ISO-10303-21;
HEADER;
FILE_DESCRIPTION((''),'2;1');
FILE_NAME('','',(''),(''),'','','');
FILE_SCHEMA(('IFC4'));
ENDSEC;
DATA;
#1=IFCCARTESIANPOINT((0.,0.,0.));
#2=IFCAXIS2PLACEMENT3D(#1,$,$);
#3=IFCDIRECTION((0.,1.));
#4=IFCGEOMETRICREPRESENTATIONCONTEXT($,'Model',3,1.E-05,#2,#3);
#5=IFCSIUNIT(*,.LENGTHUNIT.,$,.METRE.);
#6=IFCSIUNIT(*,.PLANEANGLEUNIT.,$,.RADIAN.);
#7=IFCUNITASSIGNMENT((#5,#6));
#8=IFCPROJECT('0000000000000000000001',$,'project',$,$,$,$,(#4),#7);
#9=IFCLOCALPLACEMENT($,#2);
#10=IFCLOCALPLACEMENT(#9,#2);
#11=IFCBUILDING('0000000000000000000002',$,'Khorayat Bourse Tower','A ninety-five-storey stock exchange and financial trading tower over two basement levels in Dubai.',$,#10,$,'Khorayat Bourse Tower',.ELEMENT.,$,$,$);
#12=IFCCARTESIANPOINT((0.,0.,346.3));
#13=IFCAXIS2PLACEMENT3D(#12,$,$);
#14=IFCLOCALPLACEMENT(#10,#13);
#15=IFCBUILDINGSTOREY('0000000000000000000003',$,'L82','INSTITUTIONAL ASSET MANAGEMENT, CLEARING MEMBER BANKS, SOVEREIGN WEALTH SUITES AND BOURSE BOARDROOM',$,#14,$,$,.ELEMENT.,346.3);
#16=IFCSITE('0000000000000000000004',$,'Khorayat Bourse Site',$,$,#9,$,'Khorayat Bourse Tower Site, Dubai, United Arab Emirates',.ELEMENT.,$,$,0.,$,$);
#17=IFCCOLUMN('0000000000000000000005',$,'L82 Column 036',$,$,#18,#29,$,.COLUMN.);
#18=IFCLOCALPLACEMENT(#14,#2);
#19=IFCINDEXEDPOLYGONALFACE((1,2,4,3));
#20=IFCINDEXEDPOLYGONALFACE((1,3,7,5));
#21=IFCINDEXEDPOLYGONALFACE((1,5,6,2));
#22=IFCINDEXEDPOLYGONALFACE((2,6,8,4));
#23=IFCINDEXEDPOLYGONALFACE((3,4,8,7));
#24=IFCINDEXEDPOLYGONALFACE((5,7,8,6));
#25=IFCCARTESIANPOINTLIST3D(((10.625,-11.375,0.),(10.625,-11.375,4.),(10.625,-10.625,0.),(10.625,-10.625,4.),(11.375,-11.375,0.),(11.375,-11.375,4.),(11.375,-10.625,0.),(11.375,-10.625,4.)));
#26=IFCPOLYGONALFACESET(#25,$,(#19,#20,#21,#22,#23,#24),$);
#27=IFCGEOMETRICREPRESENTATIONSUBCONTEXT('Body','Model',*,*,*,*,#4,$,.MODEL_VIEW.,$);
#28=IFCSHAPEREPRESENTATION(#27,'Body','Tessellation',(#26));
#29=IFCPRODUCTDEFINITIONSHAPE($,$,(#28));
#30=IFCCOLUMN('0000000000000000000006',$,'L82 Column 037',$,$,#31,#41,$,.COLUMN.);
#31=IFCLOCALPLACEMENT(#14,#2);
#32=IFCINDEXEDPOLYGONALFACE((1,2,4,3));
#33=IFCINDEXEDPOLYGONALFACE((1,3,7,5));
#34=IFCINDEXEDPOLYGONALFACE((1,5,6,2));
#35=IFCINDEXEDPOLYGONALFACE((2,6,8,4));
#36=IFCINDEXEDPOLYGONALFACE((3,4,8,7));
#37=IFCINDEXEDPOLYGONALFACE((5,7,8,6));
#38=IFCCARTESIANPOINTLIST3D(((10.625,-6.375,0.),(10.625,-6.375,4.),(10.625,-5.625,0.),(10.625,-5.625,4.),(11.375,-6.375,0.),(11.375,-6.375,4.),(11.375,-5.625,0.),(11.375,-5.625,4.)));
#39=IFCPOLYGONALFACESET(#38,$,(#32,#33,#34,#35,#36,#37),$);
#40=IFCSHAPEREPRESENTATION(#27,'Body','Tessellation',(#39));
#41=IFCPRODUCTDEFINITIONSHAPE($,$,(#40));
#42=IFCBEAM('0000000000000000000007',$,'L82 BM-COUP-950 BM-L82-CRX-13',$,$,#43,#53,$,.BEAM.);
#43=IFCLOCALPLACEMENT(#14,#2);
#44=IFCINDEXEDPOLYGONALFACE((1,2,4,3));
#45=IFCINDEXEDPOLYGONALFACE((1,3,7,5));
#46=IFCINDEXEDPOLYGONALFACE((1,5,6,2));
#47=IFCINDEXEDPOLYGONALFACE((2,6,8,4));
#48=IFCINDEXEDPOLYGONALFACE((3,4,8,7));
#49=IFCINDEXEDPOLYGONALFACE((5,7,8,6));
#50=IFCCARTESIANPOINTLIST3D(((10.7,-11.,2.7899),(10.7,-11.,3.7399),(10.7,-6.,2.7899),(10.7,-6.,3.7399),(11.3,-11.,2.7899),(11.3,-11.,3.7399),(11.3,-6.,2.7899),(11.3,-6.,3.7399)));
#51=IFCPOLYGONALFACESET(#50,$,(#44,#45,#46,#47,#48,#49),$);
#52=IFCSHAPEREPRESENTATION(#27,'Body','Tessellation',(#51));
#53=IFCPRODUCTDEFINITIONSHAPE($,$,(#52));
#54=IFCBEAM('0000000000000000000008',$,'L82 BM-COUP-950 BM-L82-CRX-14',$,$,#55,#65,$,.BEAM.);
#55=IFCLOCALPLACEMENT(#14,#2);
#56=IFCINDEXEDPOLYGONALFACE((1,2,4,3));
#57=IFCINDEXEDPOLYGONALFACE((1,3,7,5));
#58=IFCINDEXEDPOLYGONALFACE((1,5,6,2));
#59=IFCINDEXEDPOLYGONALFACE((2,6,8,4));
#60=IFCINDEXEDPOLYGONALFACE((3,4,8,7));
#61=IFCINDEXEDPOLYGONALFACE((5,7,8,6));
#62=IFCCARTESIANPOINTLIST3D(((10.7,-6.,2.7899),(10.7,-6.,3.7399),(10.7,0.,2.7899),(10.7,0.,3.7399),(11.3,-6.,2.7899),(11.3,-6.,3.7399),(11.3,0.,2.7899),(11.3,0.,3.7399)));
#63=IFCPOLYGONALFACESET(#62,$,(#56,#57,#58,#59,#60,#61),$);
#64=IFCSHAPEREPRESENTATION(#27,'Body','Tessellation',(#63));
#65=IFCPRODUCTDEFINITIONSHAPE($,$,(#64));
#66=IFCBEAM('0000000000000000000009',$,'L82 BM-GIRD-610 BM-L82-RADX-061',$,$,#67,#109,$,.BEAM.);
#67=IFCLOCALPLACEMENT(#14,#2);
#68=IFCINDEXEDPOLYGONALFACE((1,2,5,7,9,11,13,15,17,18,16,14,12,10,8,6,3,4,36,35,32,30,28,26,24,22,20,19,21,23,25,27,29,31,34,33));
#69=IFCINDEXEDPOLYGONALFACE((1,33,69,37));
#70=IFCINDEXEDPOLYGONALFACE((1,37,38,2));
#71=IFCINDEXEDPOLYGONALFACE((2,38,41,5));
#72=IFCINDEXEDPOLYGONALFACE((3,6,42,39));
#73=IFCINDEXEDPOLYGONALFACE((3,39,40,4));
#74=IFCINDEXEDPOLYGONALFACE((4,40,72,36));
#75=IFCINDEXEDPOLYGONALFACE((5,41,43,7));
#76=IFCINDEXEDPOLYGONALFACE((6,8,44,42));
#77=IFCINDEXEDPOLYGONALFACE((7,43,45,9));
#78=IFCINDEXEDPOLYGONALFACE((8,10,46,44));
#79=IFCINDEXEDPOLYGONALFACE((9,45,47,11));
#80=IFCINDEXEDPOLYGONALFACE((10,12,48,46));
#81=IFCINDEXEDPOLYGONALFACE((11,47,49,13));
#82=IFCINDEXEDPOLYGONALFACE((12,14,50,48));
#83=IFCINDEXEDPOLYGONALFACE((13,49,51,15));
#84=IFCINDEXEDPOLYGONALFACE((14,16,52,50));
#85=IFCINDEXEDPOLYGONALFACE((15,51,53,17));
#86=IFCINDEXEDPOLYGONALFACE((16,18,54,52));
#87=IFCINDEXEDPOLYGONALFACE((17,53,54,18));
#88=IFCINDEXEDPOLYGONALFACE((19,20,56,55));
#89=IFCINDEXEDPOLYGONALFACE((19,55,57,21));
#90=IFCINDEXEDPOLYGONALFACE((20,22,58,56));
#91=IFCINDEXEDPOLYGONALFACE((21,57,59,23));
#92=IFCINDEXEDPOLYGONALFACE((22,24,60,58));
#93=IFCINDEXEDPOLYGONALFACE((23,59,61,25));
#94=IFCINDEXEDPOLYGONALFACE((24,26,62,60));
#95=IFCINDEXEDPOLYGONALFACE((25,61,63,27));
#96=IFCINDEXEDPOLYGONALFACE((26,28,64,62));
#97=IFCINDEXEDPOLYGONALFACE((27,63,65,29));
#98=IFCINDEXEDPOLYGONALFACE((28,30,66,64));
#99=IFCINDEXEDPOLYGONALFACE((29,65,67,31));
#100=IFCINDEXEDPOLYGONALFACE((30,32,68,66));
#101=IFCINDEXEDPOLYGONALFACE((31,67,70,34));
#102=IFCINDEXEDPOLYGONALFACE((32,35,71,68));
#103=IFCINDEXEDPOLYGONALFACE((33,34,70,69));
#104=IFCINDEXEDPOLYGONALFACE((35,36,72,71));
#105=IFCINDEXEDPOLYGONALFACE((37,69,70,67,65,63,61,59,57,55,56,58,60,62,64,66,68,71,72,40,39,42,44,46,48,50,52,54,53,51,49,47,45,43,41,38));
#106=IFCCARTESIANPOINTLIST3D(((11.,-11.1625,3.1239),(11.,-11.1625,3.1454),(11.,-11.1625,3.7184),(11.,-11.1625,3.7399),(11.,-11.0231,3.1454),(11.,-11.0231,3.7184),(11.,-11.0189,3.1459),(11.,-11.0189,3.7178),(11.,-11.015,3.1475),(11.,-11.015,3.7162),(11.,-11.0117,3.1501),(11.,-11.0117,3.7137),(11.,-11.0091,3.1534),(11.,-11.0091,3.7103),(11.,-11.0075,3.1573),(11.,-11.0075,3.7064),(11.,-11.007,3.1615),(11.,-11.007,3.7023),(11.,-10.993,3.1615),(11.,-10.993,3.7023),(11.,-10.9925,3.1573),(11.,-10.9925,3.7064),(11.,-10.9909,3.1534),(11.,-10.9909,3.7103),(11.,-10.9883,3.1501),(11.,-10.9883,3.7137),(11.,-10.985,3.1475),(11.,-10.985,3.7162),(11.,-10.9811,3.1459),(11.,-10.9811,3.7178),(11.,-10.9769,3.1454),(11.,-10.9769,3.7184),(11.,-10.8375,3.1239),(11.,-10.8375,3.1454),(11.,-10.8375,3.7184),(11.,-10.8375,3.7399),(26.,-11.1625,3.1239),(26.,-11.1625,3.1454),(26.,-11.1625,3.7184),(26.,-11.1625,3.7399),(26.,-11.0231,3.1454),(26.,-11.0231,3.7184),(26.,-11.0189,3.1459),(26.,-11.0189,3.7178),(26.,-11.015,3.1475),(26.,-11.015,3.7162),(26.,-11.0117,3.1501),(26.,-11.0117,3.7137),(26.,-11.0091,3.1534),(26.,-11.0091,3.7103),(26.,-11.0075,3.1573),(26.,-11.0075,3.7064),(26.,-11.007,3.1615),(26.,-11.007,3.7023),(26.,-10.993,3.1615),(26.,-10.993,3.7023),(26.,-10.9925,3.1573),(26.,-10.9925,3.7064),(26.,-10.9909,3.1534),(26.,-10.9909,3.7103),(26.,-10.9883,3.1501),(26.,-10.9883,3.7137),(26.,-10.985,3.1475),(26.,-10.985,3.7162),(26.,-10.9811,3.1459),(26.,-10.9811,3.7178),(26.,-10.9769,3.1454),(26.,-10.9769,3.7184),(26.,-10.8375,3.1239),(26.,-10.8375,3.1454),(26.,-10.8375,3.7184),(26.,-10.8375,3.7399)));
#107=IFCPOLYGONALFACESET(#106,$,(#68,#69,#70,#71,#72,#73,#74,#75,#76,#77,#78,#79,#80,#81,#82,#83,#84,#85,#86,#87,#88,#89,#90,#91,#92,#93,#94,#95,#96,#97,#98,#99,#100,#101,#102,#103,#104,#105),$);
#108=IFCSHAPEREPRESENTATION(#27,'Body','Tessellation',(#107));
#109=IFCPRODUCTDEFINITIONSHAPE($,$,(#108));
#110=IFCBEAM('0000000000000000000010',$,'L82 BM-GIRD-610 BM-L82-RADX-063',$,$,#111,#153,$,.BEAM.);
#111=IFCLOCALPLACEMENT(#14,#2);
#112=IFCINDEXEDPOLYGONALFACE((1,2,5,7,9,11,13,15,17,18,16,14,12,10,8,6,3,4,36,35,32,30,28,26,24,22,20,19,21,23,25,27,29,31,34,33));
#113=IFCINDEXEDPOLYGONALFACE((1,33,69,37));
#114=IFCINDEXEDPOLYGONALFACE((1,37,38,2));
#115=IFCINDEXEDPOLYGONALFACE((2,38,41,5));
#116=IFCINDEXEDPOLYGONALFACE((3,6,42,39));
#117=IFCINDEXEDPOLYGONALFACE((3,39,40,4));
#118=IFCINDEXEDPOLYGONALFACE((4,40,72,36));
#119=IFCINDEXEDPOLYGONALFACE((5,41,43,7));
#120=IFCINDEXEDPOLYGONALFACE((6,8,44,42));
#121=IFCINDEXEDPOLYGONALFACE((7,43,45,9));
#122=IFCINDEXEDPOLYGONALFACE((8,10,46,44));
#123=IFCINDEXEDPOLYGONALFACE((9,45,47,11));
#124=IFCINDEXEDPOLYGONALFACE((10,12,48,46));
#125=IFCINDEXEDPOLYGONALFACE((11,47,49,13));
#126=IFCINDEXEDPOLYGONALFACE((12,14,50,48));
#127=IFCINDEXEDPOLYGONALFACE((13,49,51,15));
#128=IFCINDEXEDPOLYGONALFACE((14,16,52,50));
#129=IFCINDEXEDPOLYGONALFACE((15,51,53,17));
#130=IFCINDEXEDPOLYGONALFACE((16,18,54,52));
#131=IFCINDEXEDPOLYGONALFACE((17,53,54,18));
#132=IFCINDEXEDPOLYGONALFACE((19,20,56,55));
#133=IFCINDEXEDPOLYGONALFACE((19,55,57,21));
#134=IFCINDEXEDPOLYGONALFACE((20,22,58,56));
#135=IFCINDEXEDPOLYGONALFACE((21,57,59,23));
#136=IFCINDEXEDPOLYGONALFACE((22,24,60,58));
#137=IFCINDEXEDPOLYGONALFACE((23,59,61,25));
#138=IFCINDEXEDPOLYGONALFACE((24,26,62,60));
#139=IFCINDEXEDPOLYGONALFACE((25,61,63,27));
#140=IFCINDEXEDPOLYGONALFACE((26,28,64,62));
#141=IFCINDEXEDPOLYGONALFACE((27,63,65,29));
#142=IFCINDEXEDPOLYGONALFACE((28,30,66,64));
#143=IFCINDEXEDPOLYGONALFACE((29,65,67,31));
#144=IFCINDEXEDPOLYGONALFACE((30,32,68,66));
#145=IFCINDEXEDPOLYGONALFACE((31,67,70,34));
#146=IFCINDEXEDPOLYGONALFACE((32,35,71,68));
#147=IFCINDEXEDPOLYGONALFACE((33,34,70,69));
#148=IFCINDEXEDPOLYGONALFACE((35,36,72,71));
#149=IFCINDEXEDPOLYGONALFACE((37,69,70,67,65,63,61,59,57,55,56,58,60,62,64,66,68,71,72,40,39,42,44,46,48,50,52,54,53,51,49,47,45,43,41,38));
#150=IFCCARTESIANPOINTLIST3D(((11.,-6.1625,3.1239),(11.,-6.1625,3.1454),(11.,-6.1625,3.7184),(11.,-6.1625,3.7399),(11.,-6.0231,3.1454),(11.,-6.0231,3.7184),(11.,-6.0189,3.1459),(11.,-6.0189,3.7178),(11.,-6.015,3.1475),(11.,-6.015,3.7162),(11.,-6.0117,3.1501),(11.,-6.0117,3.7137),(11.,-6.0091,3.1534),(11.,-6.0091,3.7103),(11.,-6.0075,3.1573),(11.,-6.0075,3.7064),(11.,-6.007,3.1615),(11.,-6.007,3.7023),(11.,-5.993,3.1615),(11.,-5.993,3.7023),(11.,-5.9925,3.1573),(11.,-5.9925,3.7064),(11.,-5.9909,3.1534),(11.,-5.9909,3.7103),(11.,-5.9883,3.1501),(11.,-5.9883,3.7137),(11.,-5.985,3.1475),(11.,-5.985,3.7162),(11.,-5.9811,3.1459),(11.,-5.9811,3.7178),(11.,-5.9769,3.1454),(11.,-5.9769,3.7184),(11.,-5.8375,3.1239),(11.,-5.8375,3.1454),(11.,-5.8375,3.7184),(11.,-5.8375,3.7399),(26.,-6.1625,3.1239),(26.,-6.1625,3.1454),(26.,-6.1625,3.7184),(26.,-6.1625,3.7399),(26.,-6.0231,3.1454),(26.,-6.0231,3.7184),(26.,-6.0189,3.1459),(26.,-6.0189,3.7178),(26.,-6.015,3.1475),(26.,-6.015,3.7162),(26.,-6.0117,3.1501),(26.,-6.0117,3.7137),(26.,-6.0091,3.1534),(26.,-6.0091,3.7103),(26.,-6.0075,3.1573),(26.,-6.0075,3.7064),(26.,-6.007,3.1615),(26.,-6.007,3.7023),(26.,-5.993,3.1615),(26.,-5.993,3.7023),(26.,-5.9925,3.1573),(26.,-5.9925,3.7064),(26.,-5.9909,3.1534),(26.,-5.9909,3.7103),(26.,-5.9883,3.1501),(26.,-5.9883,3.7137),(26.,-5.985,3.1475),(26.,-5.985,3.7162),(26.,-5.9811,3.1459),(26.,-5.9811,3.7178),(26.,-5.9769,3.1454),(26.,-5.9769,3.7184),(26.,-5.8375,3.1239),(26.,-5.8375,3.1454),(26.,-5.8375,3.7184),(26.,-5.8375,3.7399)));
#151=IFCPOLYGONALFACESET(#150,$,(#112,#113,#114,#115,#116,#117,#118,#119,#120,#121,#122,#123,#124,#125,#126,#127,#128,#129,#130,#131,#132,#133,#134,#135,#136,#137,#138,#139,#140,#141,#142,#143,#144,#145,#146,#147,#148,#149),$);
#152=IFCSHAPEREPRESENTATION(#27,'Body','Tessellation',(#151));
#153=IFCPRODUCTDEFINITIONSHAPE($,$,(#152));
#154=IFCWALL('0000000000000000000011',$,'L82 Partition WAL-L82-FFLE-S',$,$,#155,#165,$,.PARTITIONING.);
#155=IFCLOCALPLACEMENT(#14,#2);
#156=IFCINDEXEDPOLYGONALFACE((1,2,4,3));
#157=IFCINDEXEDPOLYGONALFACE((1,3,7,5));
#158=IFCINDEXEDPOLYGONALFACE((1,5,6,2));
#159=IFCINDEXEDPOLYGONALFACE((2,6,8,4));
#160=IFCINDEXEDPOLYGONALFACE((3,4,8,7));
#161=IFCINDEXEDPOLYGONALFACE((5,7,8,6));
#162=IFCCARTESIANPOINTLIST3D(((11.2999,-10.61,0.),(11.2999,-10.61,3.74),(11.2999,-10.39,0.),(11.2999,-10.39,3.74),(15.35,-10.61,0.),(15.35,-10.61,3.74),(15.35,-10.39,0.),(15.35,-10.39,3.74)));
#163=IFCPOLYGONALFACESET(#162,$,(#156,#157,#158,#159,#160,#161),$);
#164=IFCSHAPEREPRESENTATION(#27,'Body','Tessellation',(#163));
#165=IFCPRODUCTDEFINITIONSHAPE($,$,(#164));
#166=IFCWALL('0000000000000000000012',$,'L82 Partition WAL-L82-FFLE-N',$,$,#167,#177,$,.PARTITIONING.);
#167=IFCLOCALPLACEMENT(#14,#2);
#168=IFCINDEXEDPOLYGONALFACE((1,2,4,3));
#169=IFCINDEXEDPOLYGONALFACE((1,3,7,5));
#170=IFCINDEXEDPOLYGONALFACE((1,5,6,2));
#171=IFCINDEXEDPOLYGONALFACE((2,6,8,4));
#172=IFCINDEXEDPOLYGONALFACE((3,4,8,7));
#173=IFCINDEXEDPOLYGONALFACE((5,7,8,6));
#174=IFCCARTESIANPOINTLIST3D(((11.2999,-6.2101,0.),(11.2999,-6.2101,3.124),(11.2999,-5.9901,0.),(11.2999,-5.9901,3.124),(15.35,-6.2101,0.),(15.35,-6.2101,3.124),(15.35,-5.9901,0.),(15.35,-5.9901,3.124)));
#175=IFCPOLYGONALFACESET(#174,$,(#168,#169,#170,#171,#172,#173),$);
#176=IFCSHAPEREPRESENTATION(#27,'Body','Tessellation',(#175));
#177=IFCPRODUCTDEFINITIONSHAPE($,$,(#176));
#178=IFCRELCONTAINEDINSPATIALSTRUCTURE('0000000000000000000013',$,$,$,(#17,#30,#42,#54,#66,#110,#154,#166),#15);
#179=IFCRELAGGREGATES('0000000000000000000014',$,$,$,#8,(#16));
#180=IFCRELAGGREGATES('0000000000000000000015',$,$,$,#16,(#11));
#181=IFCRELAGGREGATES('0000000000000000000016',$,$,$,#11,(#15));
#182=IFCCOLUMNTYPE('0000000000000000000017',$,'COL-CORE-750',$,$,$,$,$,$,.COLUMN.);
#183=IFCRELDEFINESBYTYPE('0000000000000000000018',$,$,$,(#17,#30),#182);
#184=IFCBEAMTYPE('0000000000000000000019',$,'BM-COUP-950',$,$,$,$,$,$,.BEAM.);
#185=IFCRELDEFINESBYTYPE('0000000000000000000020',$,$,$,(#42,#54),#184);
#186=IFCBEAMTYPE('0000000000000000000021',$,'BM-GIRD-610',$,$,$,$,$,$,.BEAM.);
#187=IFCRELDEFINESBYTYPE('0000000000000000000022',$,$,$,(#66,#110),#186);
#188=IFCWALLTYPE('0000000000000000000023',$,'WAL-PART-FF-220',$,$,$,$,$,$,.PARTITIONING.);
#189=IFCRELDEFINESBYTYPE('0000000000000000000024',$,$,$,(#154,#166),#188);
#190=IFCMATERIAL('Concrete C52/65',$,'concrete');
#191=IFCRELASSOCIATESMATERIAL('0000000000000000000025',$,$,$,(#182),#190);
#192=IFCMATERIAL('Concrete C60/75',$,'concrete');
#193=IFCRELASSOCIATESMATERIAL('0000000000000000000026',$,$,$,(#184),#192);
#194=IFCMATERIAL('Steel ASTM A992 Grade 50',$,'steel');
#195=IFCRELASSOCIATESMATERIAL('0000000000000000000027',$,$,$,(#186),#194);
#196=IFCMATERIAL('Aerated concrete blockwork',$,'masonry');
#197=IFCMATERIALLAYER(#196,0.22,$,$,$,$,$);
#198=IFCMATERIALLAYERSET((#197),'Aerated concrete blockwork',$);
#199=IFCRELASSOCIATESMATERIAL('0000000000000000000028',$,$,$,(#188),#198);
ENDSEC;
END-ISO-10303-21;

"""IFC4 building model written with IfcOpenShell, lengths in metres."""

from ifc_helpers import new_model, si_unit, direction, frame, frame_2d, origin, origin_2d, place, context, subcontext, project, spatial, rectangle, i_section, extrude, source, transform, mapped, material, layer, layer_set, material_profile, profile_set, type_object, element, save


model = new_model("IFC4")

# Units and contexts
model_context = context("Model", 3, precision=1e-05, world=origin(), true_north=direction((0.0, 1.0)))
body_context = subcontext(model_context, "Body", "Model", "MODEL_VIEW")
ifc_project = project(units=[si_unit("LENGTHUNIT", "METRE"), si_unit("PLANEANGLEUNIT", "RADIAN")], contexts=[model_context])

# Site, building, storey
site_placement = place(None, origin())
site = spatial("IfcSite", under=ifc_project, at=site_placement, Name="Khorayat Bourse Site", LongName="Khorayat Bourse Tower Site, Dubai, United Arab Emirates", CompositionType="ELEMENT", RefElevation=0.0)
building_placement = place(site_placement, origin())
building = spatial("IfcBuilding", under=site, at=building_placement, Name="Khorayat Bourse Tower", Description="A ninety-five-storey stock exchange and financial trading tower over two basement levels in Dubai.", LongName="Khorayat Bourse Tower", CompositionType="ELEMENT")
storey_placement = place(building_placement, frame((0.0, 0.0, 346.3)))
storey = spatial("IfcBuildingStorey", under=building, at=storey_placement, Name="L82", Description="INSTITUTIONAL ASSET MANAGEMENT, CLEARING MEMBER BANKS, SOVEREIGN WEALTH SUITES AND BOURSE BOARDROOM", CompositionType="ELEMENT", Elevation=346.3)

# Columns
ifc_material_1 = material(Name="Concrete C52/65", Category="concrete")
ifc_material_profile_1 = material_profile(ifc_material_1, rectangle(XDim=0.75, YDim=0.75, at=origin_2d()), Name="RC 750x750")
ifc_profile_set_1 = profile_set([ifc_material_profile_1], Name="Concrete C52/65")
column_type = type_object("IfcColumnType", Name="COL-CORE-750", PredefinedType="COLUMN", material=ifc_profile_set_1)
shared_shape_1 = source(origin(), body_context, "Body", "SweptSolid", [
    extrude(rectangle(XDim=0.75, YDim=0.75, at=origin_2d()), origin(), (0.0, 0.0, 1.0), 4.0),
])
for number, where, z_axis, x_axis, name in (
    (1, (11.0, -11.0, 0.0), (0.0, 0.0, 1.0), (1.0, 0.0, 0.0), "L82 Column 036"),
    (2, (11.0, -6.0, 0.0), (0.0, 0.0, 1.0), (1.0, 0.0, 0.0), "L82 Column 037"),
):
    element("IfcColumn", number, at=place(storey_placement, frame(where, z_axis=z_axis, x_axis=x_axis)), inside=storey, type_object=column_type, Name=name, PredefinedType="COLUMN", context=body_context, shape_type="MappedRepresentation", body=[
        mapped(shared_shape_1, transform((0.0, 0.0, 0.0), scale=1.0)),
    ])

# Beams
ifc_material_2 = material(Name="Concrete C60/75", Category="concrete")
ifc_material_profile_2 = material_profile(ifc_material_2, rectangle(XDim=0.6001, YDim=0.95, at=origin_2d()), Name="RC 600x950")
ifc_profile_set_2 = profile_set([ifc_material_profile_2], Name="Concrete C60/75")
beam_type_1 = type_object("IfcBeamType", Name="BM-COUP-950", PredefinedType="BEAM", material=ifc_profile_set_2)
shared_shape_2 = source(origin(), body_context, "Body", "SweptSolid", [
    extrude(rectangle(XDim=0.6001, YDim=0.95, at=origin_2d()), origin(), (0.0, 0.0, 1.0), 5.0),
])
beam_1_placement = place(storey_placement, frame((11.0, -11.0, 3.2649), z_axis=(0.0, 1.0, 0.0), x_axis=(-1.0, 0.0, 0.0)))
element("IfcBeam", 3, at=beam_1_placement, inside=storey, type_object=beam_type_1, Name="L82 BM-COUP-950 BM-L82-CRX-13", PredefinedType="BEAM", context=body_context, shape_type="MappedRepresentation", body=[
    mapped(shared_shape_2, transform((0.0, 0.0, 0.0), scale=1.0)),
])
shared_shape_3 = source(origin(), body_context, "Body", "SweptSolid", [
    extrude(rectangle(XDim=0.6001, YDim=0.95, at=origin_2d()), origin(), (0.0, 0.0, 1.0), 6.0),
])
beam_2_placement = place(storey_placement, frame((11.0, -6.0, 3.2649), z_axis=(0.0, 1.0, 0.0), x_axis=(-1.0, 0.0, 0.0)))
element("IfcBeam", 4, at=beam_2_placement, inside=storey, type_object=beam_type_1, Name="L82 BM-COUP-950 BM-L82-CRX-14", PredefinedType="BEAM", context=body_context, shape_type="MappedRepresentation", body=[
    mapped(shared_shape_3, transform((0.0, 0.0, 0.0), scale=1.0)),
])
ifc_material_3 = material(Name="Steel ASTM A992 Grade 50", Category="steel")
ifc_material_profile_3 = material_profile(ifc_material_3, i_section(OverallWidth=0.325, OverallDepth=0.616, WebThickness=0.0139, FlangeThickness=0.0215, FilletRadius=0.0161, at=origin_2d()), Name="W610X174")
ifc_profile_set_3 = profile_set([ifc_material_profile_3], Name="Steel ASTM A992 Grade 50")
beam_type_2 = type_object("IfcBeamType", Name="BM-GIRD-610", PredefinedType="BEAM", material=ifc_profile_set_3)
shared_shape_4 = source(origin(), body_context, "Body", "SweptSolid", [
    extrude(i_section(OverallWidth=0.325, OverallDepth=0.616, WebThickness=0.0139, FlangeThickness=0.0215, FilletRadius=0.0161, at=origin_2d()), origin(), (0.0, 0.0, 1.0), 15.0),
])
for number, where, z_axis, x_axis, name in (
    (5, (11.0, -11.0, 3.4319), (1.0, 0.0, 0.0), (0.0, 1.0, 0.0), "L82 BM-GIRD-610 BM-L82-RADX-061"),
    (6, (11.0, -6.0, 3.4319), (1.0, 0.0, 0.0), (0.0, 1.0, 0.0), "L82 BM-GIRD-610 BM-L82-RADX-063"),
):
    element("IfcBeam", number, at=place(storey_placement, frame(where, z_axis=z_axis, x_axis=x_axis)), inside=storey, type_object=beam_type_2, Name=name, PredefinedType="BEAM", context=body_context, shape_type="MappedRepresentation", body=[
        mapped(shared_shape_4, transform((0.0, 0.0, 0.0), scale=1.0)),
    ])

# Walls
ifc_material_4 = material(Name="Aerated concrete blockwork", Category="masonry")
ifc_layer_1 = layer(ifc_material_4, 0.22)
ifc_layer_set_1 = layer_set([ifc_layer_1], Name="Aerated concrete blockwork")
wall_type_1 = type_object("IfcWallType", Name="WAL-PART-FF-220", PredefinedType="PARTITIONING", material=ifc_layer_set_1)
shared_shape_5 = source(origin(), body_context, "Body", "SweptSolid", [
    extrude(rectangle(XDim=4.05, YDim=0.22, at=frame_2d((2.0249, 0.0))), origin(), (0.0, 0.0, 1.0), 3.74),
])
wall_1_placement = place(storey_placement, frame((11.3, -10.5, 0.0), z_axis=(0.0, 0.0, 1.0), x_axis=(1.0, 0.0, 0.0)))
element("IfcWall", 7, at=wall_1_placement, inside=storey, type_object=wall_type_1, Name="L82 Partition WAL-L82-FFLE-S", PredefinedType="PARTITIONING", context=body_context, shape_type="MappedRepresentation", body=[
    mapped(shared_shape_5, transform((0.0, 0.0, 0.0), scale=1.0)),
])
shared_shape_6 = source(origin(), body_context, "Body", "SweptSolid", [
    extrude(rectangle(XDim=4.05, YDim=0.22, at=frame_2d((2.0249, 0.0))), origin(), (0.0, 0.0, 1.0), 3.124),
])
wall_2_placement = place(storey_placement, frame((11.3, -6.1001, 0.0), z_axis=(0.0, 0.0, 1.0), x_axis=(1.0, 0.0, 0.0)))
element("IfcWall", 8, at=wall_2_placement, inside=storey, type_object=wall_type_1, Name="L82 Partition WAL-L82-FFLE-N", PredefinedType="PARTITIONING", context=body_context, shape_type="MappedRepresentation", body=[
    mapped(shared_shape_6, transform((0.0, 0.0, 0.0), scale=1.0)),
])

save(model, "model.ifc")
